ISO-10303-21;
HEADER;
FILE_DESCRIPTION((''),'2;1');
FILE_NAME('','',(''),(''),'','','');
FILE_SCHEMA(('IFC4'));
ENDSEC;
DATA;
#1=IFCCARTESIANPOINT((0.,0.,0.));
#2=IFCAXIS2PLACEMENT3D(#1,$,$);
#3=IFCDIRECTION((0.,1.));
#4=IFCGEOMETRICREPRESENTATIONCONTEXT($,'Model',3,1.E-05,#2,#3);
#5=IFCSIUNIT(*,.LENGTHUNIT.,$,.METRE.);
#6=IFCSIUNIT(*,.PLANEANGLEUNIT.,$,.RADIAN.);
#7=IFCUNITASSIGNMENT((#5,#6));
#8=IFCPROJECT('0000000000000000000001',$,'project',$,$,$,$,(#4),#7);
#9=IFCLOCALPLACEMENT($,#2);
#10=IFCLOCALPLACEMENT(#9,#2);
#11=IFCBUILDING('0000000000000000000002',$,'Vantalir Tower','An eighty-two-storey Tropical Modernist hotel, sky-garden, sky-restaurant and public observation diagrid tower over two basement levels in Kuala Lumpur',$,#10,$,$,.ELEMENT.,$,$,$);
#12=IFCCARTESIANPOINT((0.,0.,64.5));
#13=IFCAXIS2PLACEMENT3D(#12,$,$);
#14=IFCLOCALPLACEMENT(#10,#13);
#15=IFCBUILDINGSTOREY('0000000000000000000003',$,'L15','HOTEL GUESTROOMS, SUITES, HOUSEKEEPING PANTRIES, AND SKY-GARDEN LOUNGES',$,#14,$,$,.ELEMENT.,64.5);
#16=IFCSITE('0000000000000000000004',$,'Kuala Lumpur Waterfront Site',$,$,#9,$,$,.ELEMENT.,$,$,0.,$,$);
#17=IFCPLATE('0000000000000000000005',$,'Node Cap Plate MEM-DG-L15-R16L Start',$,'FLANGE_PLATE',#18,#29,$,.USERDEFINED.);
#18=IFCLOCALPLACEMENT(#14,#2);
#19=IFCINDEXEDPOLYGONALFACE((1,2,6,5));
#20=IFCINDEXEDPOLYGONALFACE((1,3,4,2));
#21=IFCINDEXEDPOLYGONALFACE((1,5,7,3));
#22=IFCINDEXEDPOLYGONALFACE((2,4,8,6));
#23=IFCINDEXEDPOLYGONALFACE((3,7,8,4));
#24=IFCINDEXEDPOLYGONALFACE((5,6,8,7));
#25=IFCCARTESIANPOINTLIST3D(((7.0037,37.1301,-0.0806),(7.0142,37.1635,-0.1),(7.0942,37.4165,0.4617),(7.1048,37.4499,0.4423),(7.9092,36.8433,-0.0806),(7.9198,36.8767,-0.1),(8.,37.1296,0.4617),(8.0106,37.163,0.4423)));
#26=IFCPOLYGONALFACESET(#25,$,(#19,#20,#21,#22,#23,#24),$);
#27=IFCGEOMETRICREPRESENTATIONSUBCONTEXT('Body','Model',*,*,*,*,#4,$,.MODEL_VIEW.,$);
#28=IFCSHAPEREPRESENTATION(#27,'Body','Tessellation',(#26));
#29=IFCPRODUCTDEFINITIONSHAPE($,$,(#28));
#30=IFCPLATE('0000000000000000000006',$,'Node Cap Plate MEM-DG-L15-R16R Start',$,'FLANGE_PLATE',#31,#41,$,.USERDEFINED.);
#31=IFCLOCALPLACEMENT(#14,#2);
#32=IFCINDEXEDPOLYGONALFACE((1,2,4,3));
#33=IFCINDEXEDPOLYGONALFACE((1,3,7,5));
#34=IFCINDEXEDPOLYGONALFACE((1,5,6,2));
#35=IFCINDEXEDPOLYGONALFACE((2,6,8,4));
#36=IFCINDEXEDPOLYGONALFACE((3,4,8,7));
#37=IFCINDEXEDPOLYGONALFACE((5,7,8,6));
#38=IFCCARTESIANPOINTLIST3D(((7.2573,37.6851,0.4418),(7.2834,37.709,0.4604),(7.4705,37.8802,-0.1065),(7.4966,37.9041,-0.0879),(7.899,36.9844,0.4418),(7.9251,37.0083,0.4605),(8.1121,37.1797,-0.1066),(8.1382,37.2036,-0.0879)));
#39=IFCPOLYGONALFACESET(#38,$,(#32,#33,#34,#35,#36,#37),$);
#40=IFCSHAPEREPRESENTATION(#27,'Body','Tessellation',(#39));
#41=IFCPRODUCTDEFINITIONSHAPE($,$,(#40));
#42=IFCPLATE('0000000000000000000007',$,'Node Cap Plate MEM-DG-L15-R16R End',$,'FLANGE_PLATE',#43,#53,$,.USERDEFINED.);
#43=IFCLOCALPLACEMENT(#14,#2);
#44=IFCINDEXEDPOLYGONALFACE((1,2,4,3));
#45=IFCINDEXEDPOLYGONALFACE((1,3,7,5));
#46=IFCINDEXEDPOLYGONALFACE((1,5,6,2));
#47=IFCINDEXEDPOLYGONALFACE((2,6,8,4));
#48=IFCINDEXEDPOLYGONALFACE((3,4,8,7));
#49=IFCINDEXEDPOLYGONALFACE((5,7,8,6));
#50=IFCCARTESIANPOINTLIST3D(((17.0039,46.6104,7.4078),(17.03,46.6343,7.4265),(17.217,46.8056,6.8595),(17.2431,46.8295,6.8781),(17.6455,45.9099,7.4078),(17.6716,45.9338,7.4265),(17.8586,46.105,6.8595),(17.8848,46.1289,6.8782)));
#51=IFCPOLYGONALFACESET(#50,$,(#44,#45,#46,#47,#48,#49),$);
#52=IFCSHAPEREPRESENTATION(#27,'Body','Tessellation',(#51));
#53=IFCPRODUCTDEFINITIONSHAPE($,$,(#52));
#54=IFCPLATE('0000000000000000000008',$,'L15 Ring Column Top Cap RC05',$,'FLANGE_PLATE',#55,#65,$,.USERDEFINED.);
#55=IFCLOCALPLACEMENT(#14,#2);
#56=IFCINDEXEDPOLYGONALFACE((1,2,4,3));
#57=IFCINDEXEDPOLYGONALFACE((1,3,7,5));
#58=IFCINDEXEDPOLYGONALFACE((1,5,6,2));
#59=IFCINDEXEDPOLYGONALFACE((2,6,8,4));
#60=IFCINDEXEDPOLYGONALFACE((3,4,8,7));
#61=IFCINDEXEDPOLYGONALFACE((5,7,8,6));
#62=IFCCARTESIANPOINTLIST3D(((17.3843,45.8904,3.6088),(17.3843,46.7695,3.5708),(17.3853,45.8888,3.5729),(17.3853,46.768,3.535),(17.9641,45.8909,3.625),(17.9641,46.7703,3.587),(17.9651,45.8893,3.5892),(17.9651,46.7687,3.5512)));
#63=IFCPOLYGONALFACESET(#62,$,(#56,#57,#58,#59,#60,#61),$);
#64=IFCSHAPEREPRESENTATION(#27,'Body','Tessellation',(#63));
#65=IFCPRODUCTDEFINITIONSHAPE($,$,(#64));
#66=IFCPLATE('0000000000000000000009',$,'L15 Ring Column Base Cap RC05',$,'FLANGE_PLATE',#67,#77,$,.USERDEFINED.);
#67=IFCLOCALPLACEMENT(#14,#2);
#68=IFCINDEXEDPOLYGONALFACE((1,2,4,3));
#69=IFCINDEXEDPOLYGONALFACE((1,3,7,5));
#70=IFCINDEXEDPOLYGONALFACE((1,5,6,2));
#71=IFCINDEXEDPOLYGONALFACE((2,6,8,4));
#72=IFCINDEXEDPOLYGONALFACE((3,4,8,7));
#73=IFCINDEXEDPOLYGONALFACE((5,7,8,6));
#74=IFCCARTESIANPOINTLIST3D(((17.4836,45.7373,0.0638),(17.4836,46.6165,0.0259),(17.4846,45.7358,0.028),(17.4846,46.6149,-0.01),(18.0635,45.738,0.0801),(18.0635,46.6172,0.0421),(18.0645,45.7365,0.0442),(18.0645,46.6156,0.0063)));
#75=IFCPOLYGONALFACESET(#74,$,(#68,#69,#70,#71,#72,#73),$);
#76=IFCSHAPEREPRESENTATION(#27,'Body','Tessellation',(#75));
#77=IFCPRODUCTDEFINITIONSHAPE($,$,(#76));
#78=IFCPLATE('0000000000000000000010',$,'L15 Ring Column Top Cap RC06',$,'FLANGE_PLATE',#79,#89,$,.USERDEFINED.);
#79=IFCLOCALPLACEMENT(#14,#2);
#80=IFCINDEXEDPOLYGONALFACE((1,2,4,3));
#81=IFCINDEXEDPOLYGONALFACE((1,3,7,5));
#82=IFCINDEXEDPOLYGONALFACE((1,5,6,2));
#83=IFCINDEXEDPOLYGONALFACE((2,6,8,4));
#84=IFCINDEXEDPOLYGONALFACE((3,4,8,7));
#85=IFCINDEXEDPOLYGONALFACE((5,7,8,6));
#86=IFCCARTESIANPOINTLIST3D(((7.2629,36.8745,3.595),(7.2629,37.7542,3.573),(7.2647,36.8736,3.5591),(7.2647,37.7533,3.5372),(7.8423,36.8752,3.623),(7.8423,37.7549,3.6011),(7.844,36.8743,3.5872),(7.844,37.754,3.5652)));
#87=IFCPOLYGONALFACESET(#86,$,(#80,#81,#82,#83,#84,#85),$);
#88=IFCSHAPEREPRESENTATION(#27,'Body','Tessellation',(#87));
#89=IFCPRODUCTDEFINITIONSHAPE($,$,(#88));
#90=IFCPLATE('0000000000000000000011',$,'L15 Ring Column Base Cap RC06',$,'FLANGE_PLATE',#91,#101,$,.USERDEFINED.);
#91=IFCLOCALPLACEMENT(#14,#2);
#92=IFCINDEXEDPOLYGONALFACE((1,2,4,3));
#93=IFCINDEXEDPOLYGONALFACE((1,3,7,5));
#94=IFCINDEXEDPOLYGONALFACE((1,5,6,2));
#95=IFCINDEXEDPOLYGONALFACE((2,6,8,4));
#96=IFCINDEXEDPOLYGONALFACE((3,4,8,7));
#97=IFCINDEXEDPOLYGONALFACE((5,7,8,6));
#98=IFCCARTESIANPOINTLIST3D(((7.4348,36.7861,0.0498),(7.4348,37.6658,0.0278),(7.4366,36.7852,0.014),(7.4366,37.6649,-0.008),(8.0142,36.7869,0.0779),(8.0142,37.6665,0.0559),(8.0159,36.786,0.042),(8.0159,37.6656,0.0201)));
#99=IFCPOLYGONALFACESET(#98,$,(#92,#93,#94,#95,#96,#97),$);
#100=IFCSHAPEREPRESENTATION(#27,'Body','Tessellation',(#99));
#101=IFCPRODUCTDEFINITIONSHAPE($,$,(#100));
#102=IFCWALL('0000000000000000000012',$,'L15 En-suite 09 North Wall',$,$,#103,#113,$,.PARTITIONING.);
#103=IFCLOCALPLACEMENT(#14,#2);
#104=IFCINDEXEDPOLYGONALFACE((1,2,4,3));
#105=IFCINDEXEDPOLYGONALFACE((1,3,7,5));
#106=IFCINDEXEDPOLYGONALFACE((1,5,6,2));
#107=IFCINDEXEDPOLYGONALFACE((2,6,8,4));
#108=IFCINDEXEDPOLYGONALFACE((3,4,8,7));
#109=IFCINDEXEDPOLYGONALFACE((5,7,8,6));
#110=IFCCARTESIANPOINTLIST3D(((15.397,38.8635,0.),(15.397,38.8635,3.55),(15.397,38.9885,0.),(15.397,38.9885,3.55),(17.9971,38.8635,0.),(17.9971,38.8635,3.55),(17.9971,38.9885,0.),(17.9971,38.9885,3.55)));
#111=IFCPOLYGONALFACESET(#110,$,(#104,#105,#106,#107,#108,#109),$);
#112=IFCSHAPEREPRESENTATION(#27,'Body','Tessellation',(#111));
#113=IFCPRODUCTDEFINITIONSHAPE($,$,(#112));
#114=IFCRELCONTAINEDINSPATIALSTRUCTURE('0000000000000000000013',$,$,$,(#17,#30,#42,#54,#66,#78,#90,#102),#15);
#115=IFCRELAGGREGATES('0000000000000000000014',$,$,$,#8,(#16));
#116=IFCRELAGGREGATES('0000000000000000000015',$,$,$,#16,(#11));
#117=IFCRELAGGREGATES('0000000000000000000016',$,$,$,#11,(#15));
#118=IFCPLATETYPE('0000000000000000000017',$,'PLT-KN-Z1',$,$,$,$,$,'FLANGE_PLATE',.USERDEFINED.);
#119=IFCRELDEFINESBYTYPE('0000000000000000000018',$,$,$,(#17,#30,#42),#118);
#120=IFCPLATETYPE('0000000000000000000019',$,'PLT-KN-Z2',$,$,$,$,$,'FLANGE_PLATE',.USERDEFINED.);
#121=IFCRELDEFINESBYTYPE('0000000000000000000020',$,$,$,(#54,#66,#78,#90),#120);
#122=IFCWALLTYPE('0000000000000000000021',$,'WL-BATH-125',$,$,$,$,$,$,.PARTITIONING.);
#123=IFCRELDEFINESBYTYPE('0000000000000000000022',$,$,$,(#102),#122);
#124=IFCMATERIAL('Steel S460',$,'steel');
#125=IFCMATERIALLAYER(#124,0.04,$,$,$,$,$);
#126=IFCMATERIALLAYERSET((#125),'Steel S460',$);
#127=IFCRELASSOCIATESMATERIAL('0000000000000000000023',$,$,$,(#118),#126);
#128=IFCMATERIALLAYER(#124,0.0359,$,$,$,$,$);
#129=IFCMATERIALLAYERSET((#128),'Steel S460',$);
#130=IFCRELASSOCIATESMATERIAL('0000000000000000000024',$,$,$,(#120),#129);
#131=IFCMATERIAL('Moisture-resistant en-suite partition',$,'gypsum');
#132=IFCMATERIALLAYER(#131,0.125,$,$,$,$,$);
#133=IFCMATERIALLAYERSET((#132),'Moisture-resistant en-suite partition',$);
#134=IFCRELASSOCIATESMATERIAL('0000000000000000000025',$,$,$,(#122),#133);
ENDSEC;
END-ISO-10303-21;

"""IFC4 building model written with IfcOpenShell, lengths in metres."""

from ifc_helpers import new_model, si_unit, direction, frame, frame_2d, origin, place, context, subcontext, project, spatial, polyline, rectangle, outline, extrude, material, layer, layer_set, type_object, element, save


model = new_model("IFC4")

# Units and contexts
model_context = context("Model", 3, precision=1e-05, world=origin(), true_north=direction((0.0, 1.0)))
body_context = subcontext(model_context, "Body", "Model", "MODEL_VIEW")
ifc_project = project(units=[si_unit("LENGTHUNIT", "METRE"), si_unit("PLANEANGLEUNIT", "RADIAN")], contexts=[model_context])

# Site, building, storey
site_placement = place(None, origin())
site = spatial("IfcSite", under=ifc_project, at=site_placement, Name="Kuala Lumpur Waterfront Site", CompositionType="ELEMENT", RefElevation=0.0)
building_placement = place(site_placement, origin())
building = spatial("IfcBuilding", under=site, at=building_placement, Name="Vantalir Tower", Description="An eighty-two-storey Tropical Modernist hotel, sky-garden, sky-restaurant and public observation diagrid tower over two basement levels in Kuala Lumpur", CompositionType="ELEMENT")
storey_placement = place(building_placement, frame((0.0, 0.0, 64.5)))
storey = spatial("IfcBuildingStorey", under=building, at=storey_placement, Name="L15", Description="HOTEL GUESTROOMS, SUITES, HOUSEKEEPING PANTRIES, AND SKY-GARDEN LOUNGES", CompositionType="ELEMENT", Elevation=64.5)

# Shared definitions
ifc_material_1 = material(Name="Steel S460", Category="steel")

# Plates
ifc_layer_1 = layer(ifc_material_1, 0.04)
ifc_layer_set_1 = layer_set([ifc_layer_1], Name="Steel S460")
plate_type_1 = type_object("IfcPlateType", Name="PLT-KN-Z1", ElementType="FLANGE_PLATE", PredefinedType="USERDEFINED", material=ifc_layer_set_1)
plate_1_placement = place(storey_placement, frame((7.0037, 37.1301, -0.0806), z_axis=(-0.264142, -0.833902, 0.4846), x_axis=(0.953315, -0.301976, -0.000016)))
element("IfcPlate", 1, at=plate_1_placement, inside=storey, type_object=plate_type_1, Name="Node Cap Plate MEM-DG-L15-R16L Start", ObjectType="FLANGE_PLATE", PredefinedType="USERDEFINED", context=body_context, shape_type="SweptSolid", body=[
    extrude(outline(polyline([(0.0, 0.0), (0.9499, 0.0), (0.95, 0.6199), (-0.0001, 0.6199), (0.0, 0.0)])), origin(), (0.0, 0.0, -1.0), 0.04),
])
plate_2_placement = place(storey_placement, frame((8.1382, 37.2036, -0.0879), z_axis=(0.65239, 0.597484, 0.466262), x_axis=(-0.675407, 0.737445, 0.000036)))
element("IfcPlate", 2, at=plate_2_placement, inside=storey, type_object=plate_type_1, Name="Node Cap Plate MEM-DG-L15-R16R Start", ObjectType="FLANGE_PLATE", PredefinedType="USERDEFINED", context=body_context, shape_type="SweptSolid", body=[
    extrude(outline(polyline([(0.0, 0.0), (0.9499, 0.0), (0.95, 0.6198), (-0.0001, 0.6199), (0.0, 0.0)])), origin(), (0.0, 0.0, -1.0), 0.04),
])
plate_3_placement = place(storey_placement, frame((17.8848, 46.1289, 6.8782), z_axis=(0.65239, 0.597484, 0.466262), x_axis=(-0.675379, 0.737471, -0.000036)))
element("IfcPlate", 3, at=plate_3_placement, inside=storey, type_object=plate_type_1, Name="Node Cap Plate MEM-DG-L15-R16R End", ObjectType="FLANGE_PLATE", PredefinedType="USERDEFINED", context=body_context, shape_type="SweptSolid", body=[
    extrude(outline(polyline([(0.0, 0.0), (0.9501, 0.0), (0.9499, 0.6199), (0.0001, 0.6198), (0.0, 0.0)])), origin(), (0.0, 0.0, -1.0), 0.04),
])
ifc_layer_2 = layer(ifc_material_1, 0.0359)
ifc_layer_set_2 = layer_set([ifc_layer_2], Name="Steel S460")
plate_type_2 = type_object("IfcPlateType", Name="PLT-KN-Z2", ElementType="FLANGE_PLATE", PredefinedType="USERDEFINED", material=ifc_layer_set_2)
plate_4_placement = place(storey_placement, frame((17.3843, 46.7695, 3.5708), z_axis=(-0.028008, 0.043119, 0.998677), x_axis=(0.000004, -0.999069, 0.043136)))
element("IfcPlate", 4, at=plate_4_placement, inside=storey, type_object=plate_type_2, Name="L15 Ring Column Top Cap RC05", ObjectType="FLANGE_PLATE", PredefinedType="USERDEFINED", context=body_context, shape_type="SweptSolid", body=[
    extrude(outline(polyline([(0.0, 0.0), (0.88, 0.0), (0.8802, 0.5801), (0.0, 0.5801), (0.0, 0.0)])), origin(), (0.0, 0.0, -1.0), 0.0359),
])
plate_5_placement = place(storey_placement, frame((17.4836, 46.6165, 0.0259), z_axis=(-0.028017, 0.043125, 0.998677), x_axis=(-0.000004, -0.999069, 0.043142)))
element("IfcPlate", 5, at=plate_5_placement, inside=storey, type_object=plate_type_2, Name="L15 Ring Column Base Cap RC05", ObjectType="FLANGE_PLATE", PredefinedType="USERDEFINED", context=body_context, shape_type="SweptSolid", body=[
    extrude(outline(polyline([(0.0, 0.0), (0.88, 0.0), (0.8799, 0.5801), (0.0, 0.5801), (0.0, 0.0)])), origin(), (0.0, 0.0, -1.0), 0.0359),
])
for number, where, z_axis, x_axis, name in (
    (6, (7.2629, 37.7542, 3.573), (-0.048421, 0.024942, 0.998516), (0.0, -0.999688, 0.024971), "L15 Ring Column Top Cap RC06"),
    (7, (7.4348, 37.6658, 0.0278), (-0.048421, 0.024942, 0.998516), (0.0, -0.999688, 0.024971), "L15 Ring Column Base Cap RC06"),
):
    element("IfcPlate", number, at=place(storey_placement, frame(where, z_axis=z_axis, x_axis=x_axis)), inside=storey, type_object=plate_type_2, Name=name, ObjectType="FLANGE_PLATE", PredefinedType="USERDEFINED", context=body_context, shape_type="SweptSolid", body=[
        extrude(outline(polyline([(0.0, 0.0), (0.8799, 0.0), (0.8799, 0.58), (0.0, 0.58), (0.0, 0.0)])), origin(), (0.0, 0.0, -1.0), 0.0359),
    ])

# Wall
ifc_material_2 = material(Name="Moisture-resistant en-suite partition", Category="gypsum")
ifc_layer_3 = layer(ifc_material_2, 0.125)
ifc_layer_set_3 = layer_set([ifc_layer_3], Name="Moisture-resistant en-suite partition")
wall_type = type_object("IfcWallType", Name="WL-BATH-125", PredefinedType="PARTITIONING", material=ifc_layer_set_3)
wall_placement = place(storey_placement, frame((15.397, 38.926, 0.0), z_axis=(0.0, 0.0, 1.0), x_axis=(1.0, 0.0, 0.0)))
element("IfcWall", 8, at=wall_placement, inside=storey, type_object=wall_type, Name="L15 En-suite 09 North Wall", PredefinedType="PARTITIONING", context=body_context, shape_type="SweptSolid", body=[
    extrude(rectangle(XDim=2.6001, YDim=0.125, at=frame_2d((1.3, 0.0))), origin(), (0.0, 0.0, 1.0), 3.55),
])

save(model, "model.ifc")
